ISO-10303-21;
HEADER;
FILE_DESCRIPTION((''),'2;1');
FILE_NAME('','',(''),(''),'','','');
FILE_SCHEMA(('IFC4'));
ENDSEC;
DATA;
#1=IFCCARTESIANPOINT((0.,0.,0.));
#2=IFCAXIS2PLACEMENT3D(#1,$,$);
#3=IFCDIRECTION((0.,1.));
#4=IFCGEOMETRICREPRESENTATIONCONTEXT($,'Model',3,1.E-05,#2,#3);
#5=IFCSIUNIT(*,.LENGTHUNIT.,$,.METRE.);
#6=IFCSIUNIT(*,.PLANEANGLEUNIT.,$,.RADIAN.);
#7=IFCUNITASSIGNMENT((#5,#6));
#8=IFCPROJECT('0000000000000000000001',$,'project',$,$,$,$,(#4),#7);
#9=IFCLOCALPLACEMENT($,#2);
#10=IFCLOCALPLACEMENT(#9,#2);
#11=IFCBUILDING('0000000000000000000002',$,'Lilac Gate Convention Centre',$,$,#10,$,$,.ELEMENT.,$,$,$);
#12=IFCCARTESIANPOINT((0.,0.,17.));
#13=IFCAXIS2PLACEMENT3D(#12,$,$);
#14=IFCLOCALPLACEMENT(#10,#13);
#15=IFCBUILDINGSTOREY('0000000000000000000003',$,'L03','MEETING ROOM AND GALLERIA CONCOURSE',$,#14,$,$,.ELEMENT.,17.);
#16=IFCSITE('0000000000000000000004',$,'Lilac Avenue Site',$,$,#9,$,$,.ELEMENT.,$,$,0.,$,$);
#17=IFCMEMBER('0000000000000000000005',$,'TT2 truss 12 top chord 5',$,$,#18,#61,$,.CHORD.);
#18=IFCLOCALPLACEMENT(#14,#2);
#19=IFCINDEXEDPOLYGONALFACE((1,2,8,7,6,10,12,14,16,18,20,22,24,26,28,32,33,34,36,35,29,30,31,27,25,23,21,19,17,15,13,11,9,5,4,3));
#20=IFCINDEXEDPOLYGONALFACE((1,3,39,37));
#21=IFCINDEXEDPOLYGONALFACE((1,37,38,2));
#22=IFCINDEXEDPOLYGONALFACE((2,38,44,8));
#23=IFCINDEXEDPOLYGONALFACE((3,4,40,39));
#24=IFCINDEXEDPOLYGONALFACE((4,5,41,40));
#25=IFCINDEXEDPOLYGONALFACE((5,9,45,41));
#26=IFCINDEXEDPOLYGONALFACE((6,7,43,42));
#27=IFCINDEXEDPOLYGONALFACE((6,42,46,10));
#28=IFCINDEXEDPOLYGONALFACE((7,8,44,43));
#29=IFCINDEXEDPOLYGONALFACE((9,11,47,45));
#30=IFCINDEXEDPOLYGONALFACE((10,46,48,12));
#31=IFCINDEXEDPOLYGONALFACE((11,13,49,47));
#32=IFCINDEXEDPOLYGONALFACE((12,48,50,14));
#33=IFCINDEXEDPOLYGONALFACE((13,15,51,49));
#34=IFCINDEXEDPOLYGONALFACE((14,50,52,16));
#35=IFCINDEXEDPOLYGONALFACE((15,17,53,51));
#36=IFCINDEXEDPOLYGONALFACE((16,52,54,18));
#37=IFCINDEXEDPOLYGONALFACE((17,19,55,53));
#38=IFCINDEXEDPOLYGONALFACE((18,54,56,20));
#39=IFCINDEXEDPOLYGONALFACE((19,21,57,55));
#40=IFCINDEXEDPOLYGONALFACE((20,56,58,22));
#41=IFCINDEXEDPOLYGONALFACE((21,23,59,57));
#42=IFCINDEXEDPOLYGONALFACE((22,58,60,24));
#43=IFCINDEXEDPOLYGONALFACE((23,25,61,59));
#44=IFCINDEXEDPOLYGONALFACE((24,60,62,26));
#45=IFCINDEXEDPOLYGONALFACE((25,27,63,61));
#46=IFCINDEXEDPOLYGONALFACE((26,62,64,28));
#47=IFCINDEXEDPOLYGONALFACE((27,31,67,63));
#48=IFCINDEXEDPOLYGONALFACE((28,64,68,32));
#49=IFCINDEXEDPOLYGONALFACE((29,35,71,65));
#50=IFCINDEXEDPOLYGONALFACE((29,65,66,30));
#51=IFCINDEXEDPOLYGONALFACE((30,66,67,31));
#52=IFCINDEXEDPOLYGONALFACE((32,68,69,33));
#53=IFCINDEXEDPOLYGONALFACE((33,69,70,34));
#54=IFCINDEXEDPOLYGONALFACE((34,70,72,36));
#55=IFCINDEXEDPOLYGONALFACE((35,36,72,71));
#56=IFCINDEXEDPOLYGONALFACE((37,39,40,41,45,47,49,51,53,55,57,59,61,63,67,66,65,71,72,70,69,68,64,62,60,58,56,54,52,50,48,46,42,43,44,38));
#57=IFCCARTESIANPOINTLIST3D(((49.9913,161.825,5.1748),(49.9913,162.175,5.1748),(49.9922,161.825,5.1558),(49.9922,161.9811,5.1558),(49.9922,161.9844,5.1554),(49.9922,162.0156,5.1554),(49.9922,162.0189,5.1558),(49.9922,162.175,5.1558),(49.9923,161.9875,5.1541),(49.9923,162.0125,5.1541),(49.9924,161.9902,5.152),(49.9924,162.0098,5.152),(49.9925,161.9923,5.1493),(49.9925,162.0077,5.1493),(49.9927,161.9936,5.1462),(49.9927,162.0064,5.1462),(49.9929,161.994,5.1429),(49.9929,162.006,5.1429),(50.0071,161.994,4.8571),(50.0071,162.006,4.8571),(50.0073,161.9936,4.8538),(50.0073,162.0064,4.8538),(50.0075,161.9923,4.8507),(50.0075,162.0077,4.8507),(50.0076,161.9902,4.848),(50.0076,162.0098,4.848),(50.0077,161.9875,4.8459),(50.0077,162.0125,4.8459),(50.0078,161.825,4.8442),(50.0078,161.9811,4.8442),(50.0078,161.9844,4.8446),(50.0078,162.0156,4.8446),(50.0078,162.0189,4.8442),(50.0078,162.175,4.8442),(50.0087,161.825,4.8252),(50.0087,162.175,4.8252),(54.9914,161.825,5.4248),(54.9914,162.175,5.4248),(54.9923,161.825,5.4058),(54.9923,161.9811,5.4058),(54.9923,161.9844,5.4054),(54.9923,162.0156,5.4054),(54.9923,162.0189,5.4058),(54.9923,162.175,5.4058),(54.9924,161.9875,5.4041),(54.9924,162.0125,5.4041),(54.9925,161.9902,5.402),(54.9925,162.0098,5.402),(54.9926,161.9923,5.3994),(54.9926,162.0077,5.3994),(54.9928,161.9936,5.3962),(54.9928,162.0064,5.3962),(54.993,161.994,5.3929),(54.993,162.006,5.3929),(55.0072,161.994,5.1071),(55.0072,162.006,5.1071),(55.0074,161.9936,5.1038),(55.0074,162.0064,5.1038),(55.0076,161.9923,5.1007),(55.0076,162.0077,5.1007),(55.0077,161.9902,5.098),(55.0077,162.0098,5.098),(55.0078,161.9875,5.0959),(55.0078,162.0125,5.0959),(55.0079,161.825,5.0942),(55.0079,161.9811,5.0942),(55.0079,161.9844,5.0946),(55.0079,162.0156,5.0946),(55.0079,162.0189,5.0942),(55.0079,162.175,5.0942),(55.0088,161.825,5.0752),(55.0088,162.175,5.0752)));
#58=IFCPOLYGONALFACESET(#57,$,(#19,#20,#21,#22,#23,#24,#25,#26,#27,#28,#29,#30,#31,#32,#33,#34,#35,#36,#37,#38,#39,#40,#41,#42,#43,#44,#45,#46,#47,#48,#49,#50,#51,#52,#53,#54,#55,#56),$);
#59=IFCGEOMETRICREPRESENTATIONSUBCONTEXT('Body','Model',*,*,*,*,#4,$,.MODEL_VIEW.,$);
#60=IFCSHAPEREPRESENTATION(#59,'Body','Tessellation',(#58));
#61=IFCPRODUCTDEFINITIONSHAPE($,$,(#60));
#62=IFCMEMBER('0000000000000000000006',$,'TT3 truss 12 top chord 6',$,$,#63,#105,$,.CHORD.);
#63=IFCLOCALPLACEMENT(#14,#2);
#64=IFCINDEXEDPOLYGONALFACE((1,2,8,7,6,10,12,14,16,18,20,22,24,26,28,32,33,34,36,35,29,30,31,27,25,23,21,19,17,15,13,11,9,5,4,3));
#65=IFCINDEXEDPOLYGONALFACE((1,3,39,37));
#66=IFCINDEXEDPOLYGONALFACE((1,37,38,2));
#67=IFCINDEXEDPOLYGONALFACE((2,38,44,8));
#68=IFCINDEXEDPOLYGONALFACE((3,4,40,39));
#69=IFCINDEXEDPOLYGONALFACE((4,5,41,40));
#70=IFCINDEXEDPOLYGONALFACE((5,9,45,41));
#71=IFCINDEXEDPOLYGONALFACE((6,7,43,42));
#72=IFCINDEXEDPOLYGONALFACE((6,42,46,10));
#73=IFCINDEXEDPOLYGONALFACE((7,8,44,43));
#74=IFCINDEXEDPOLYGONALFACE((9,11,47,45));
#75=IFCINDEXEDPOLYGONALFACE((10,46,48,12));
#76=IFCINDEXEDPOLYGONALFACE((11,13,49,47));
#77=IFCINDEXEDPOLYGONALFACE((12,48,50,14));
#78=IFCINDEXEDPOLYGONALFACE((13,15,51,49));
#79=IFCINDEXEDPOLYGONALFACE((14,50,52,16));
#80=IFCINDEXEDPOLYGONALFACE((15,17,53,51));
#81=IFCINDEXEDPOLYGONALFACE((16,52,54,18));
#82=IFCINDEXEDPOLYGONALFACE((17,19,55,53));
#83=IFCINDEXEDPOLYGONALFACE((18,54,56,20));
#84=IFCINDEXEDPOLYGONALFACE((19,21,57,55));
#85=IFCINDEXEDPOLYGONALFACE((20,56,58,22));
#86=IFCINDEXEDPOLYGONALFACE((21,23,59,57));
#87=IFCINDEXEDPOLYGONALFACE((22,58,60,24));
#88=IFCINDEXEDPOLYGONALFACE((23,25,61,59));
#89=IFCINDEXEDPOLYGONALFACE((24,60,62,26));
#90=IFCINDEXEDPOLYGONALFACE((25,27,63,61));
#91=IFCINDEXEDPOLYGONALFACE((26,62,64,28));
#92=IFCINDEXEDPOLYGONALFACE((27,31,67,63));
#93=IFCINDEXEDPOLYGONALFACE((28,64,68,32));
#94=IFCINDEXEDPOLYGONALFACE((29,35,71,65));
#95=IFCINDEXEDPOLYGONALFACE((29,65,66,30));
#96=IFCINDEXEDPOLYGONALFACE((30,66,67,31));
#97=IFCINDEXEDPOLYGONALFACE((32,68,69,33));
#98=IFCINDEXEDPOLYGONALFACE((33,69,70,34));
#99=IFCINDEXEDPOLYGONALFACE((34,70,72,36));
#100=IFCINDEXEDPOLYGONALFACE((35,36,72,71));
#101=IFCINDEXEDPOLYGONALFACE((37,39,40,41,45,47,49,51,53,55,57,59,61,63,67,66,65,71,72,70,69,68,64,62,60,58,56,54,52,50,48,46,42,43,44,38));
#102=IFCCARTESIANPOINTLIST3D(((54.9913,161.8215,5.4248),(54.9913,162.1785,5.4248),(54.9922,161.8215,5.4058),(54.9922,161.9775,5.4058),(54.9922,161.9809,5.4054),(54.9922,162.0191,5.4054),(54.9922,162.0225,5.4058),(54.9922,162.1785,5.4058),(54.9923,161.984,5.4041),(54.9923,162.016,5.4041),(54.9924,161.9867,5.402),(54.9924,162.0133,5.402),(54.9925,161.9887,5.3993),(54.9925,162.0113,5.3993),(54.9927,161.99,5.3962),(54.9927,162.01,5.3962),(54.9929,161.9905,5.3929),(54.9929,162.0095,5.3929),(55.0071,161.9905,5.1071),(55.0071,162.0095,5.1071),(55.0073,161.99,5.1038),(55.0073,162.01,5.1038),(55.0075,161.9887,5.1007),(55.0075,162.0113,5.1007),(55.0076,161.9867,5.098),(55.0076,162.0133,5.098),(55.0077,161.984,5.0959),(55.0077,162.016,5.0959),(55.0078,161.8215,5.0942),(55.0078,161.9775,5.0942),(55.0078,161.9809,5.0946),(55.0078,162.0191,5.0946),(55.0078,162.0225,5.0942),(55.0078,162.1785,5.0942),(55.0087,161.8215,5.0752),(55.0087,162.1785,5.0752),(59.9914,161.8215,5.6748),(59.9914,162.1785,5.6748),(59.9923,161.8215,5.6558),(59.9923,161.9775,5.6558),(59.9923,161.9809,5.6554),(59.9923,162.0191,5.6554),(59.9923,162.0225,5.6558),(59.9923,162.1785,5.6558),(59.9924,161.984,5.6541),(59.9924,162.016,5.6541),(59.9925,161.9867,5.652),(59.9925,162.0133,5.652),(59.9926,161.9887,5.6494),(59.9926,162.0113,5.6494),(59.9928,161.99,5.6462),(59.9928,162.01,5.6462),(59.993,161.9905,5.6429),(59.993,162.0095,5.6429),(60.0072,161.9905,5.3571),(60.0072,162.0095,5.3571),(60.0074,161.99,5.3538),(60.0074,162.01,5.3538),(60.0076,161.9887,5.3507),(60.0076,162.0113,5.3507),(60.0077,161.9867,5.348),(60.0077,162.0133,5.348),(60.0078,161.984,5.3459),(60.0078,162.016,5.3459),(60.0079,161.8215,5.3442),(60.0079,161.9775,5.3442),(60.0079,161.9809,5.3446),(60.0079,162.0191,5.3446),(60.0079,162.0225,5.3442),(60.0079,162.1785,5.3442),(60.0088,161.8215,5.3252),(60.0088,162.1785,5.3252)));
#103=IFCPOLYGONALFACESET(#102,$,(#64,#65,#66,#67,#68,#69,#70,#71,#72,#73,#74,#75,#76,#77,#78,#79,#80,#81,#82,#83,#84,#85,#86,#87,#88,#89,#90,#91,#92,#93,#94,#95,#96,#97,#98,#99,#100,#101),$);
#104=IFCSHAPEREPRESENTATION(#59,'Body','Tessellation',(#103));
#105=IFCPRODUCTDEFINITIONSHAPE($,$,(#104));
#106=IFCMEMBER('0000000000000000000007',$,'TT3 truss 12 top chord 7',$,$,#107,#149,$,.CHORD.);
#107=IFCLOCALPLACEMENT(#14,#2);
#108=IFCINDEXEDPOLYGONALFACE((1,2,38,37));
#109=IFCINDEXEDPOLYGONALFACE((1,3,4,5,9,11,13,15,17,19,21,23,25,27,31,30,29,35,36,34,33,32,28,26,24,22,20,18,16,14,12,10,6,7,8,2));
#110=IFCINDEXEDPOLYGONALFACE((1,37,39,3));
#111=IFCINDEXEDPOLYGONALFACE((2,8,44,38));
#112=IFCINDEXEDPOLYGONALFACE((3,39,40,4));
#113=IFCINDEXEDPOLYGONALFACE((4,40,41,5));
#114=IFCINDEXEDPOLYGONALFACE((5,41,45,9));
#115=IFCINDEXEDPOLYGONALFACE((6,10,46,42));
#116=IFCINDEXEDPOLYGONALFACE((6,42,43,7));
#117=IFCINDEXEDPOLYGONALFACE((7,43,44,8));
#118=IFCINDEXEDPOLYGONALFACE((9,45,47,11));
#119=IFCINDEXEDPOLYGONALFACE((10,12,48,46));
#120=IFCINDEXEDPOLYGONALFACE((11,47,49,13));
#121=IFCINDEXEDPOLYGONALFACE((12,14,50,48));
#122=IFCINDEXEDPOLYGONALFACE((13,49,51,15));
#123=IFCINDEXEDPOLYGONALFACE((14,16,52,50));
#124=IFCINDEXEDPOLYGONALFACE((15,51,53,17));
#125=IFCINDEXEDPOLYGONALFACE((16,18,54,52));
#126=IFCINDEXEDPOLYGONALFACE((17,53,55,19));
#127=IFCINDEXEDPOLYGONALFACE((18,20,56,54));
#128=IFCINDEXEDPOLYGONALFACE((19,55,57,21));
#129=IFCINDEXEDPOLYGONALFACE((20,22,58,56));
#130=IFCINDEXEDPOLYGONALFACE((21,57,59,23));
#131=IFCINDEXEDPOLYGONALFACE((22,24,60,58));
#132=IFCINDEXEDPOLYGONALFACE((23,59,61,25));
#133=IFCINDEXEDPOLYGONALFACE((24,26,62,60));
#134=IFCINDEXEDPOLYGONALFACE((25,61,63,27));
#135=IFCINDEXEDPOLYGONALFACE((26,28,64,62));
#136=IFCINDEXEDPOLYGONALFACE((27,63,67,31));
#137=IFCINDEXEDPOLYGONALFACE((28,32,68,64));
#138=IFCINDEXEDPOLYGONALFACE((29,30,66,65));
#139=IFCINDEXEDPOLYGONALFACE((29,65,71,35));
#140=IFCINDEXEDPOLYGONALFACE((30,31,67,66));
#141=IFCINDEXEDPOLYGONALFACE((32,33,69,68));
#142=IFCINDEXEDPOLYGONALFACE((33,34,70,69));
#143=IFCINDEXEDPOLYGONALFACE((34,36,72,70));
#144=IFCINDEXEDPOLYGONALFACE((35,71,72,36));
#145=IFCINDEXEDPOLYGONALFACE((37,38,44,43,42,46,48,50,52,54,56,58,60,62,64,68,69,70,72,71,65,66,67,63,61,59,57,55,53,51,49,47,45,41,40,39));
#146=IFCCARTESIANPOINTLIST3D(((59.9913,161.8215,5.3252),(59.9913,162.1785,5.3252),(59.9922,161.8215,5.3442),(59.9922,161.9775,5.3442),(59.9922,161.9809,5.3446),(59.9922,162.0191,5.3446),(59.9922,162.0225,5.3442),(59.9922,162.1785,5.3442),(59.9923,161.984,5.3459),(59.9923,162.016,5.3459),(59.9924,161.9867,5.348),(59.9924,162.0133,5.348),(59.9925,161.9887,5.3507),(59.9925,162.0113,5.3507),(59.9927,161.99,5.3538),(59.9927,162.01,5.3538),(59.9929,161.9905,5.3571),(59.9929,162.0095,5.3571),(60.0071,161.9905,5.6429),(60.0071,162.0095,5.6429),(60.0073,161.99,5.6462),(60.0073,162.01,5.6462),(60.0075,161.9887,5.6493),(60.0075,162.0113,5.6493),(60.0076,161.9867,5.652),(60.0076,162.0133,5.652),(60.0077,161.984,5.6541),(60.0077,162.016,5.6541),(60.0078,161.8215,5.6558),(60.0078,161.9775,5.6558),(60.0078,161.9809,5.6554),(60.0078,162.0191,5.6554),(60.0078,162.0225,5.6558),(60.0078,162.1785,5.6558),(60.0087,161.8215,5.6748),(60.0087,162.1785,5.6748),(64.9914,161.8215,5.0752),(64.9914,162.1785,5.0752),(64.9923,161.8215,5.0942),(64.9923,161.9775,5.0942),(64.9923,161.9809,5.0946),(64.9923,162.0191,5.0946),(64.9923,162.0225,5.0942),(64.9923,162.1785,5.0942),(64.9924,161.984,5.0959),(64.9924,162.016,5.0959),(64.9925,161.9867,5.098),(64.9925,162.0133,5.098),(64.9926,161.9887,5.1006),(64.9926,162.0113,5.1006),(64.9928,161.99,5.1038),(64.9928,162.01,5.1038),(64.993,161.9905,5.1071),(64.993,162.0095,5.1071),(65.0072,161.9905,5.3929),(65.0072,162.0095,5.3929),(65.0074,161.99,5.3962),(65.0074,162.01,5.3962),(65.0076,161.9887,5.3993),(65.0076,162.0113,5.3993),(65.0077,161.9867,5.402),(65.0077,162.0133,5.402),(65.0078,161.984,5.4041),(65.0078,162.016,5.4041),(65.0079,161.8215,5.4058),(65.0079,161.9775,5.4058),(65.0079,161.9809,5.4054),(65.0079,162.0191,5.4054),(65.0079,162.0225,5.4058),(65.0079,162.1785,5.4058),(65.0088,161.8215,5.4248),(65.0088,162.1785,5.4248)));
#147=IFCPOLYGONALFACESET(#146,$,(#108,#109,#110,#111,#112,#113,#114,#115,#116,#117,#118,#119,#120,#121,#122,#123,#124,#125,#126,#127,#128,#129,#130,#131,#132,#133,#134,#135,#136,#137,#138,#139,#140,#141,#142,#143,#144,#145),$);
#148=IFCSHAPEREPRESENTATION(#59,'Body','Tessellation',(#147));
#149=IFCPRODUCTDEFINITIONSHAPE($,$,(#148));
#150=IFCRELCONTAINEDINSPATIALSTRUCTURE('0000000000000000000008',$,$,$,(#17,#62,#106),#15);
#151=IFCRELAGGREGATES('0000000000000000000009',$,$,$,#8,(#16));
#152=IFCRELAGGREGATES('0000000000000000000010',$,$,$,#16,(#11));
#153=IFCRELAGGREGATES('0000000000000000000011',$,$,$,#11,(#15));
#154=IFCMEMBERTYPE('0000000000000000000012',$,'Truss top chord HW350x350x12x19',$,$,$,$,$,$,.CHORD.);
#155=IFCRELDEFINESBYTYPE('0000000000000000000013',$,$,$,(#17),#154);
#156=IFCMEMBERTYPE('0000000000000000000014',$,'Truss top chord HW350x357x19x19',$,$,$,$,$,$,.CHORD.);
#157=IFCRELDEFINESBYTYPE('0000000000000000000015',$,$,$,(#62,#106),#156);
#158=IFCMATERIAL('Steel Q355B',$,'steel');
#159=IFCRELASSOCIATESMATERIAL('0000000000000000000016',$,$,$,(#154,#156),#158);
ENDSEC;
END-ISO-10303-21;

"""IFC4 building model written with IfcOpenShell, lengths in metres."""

from ifc_helpers import new_model, si_unit, direction, frame, origin, origin_2d, place, context, subcontext, project, spatial, i_section, extrude, material, material_profile, profile_set, type_object, element, save


model = new_model("IFC4")

# Units and contexts
model_context = context("Model", 3, precision=1e-05, world=origin(), true_north=direction((0.0, 1.0)))
body_context = subcontext(model_context, "Body", "Model", "MODEL_VIEW")
ifc_project = project(units=[si_unit("LENGTHUNIT", "METRE"), si_unit("PLANEANGLEUNIT", "RADIAN")], contexts=[model_context])

# Site, building, storey
site_placement = place(None, origin())
site = spatial("IfcSite", under=ifc_project, at=site_placement, Name="Lilac Avenue Site", CompositionType="ELEMENT", RefElevation=0.0)
building_placement = place(site_placement, origin())
building = spatial("IfcBuilding", under=site, at=building_placement, Name="Lilac Gate Convention Centre", CompositionType="ELEMENT")
storey_placement = place(building_placement, frame((0.0, 0.0, 17.0)))
storey = spatial("IfcBuildingStorey", under=building, at=storey_placement, Name="L03", Description="MEETING ROOM AND GALLERIA CONCOURSE", CompositionType="ELEMENT", Elevation=17.0)

# Members
ifc_material = material(Name="Steel Q355B", Category="steel")
ifc_material_profile_1 = material_profile(ifc_material, i_section(OverallWidth=0.3501, OverallDepth=0.3501, WebThickness=0.012, FlangeThickness=0.019, FilletRadius=0.0129, at=origin_2d()), Name="HW350x350x12x19")
ifc_profile_set_1 = profile_set([ifc_material_profile_1], Name="Steel Q355B")
member_type_1 = type_object("IfcMemberType", Name="Truss top chord HW350x350x12x19", PredefinedType="CHORD", material=ifc_profile_set_1)
for number, where, z_axis, x_axis, name in (
    (1, (50.0, 162.0, 5.0), (0.998752, 0.0, 0.049938), (0.0, 1.0, 0.0), "TT2 truss 12 top chord 5"),
):
    element("IfcMember", number, at=place(storey_placement, frame(where, z_axis=z_axis, x_axis=x_axis)), inside=storey, type_object=member_type_1, Name=name, PredefinedType="CHORD", context=body_context, shape_type="SweptSolid", body=[
        extrude(i_section(OverallWidth=0.3501, OverallDepth=0.3501, WebThickness=0.012, FlangeThickness=0.019, FilletRadius=0.0129, at=origin_2d()), origin(), (0.0, 0.0, 1.0), 5.0063),
    ])
ifc_material_profile_2 = material_profile(ifc_material, i_section(OverallWidth=0.3569, OverallDepth=0.3501, WebThickness=0.019, FlangeThickness=0.019, FilletRadius=0.0129, at=origin_2d()), Name="HW350x357x19x19")
ifc_profile_set_2 = profile_set([ifc_material_profile_2], Name="Steel Q355B")
member_type_2 = type_object("IfcMemberType", Name="Truss top chord HW350x357x19x19", PredefinedType="CHORD", material=ifc_profile_set_2)
for number, where, z_axis, x_axis, name in (
    (2, (55.0, 162.0, 5.25), (0.998752, 0.0, 0.049938), (0.0, 1.0, 0.0), "TT3 truss 12 top chord 6"),
    (3, (60.0, 162.0, 5.5), (0.998752, 0.0, -0.049938), (0.0, 1.0, 0.0), "TT3 truss 12 top chord 7"),
):
    element("IfcMember", number, at=place(storey_placement, frame(where, z_axis=z_axis, x_axis=x_axis)), inside=storey, type_object=member_type_2, Name=name, PredefinedType="CHORD", context=body_context, shape_type="SweptSolid", body=[
        extrude(i_section(OverallWidth=0.3569, OverallDepth=0.3501, WebThickness=0.019, FlangeThickness=0.019, FilletRadius=0.0129, at=origin_2d()), origin(), (0.0, 0.0, 1.0), 5.0063),
    ])

save(model, "model.ifc")
